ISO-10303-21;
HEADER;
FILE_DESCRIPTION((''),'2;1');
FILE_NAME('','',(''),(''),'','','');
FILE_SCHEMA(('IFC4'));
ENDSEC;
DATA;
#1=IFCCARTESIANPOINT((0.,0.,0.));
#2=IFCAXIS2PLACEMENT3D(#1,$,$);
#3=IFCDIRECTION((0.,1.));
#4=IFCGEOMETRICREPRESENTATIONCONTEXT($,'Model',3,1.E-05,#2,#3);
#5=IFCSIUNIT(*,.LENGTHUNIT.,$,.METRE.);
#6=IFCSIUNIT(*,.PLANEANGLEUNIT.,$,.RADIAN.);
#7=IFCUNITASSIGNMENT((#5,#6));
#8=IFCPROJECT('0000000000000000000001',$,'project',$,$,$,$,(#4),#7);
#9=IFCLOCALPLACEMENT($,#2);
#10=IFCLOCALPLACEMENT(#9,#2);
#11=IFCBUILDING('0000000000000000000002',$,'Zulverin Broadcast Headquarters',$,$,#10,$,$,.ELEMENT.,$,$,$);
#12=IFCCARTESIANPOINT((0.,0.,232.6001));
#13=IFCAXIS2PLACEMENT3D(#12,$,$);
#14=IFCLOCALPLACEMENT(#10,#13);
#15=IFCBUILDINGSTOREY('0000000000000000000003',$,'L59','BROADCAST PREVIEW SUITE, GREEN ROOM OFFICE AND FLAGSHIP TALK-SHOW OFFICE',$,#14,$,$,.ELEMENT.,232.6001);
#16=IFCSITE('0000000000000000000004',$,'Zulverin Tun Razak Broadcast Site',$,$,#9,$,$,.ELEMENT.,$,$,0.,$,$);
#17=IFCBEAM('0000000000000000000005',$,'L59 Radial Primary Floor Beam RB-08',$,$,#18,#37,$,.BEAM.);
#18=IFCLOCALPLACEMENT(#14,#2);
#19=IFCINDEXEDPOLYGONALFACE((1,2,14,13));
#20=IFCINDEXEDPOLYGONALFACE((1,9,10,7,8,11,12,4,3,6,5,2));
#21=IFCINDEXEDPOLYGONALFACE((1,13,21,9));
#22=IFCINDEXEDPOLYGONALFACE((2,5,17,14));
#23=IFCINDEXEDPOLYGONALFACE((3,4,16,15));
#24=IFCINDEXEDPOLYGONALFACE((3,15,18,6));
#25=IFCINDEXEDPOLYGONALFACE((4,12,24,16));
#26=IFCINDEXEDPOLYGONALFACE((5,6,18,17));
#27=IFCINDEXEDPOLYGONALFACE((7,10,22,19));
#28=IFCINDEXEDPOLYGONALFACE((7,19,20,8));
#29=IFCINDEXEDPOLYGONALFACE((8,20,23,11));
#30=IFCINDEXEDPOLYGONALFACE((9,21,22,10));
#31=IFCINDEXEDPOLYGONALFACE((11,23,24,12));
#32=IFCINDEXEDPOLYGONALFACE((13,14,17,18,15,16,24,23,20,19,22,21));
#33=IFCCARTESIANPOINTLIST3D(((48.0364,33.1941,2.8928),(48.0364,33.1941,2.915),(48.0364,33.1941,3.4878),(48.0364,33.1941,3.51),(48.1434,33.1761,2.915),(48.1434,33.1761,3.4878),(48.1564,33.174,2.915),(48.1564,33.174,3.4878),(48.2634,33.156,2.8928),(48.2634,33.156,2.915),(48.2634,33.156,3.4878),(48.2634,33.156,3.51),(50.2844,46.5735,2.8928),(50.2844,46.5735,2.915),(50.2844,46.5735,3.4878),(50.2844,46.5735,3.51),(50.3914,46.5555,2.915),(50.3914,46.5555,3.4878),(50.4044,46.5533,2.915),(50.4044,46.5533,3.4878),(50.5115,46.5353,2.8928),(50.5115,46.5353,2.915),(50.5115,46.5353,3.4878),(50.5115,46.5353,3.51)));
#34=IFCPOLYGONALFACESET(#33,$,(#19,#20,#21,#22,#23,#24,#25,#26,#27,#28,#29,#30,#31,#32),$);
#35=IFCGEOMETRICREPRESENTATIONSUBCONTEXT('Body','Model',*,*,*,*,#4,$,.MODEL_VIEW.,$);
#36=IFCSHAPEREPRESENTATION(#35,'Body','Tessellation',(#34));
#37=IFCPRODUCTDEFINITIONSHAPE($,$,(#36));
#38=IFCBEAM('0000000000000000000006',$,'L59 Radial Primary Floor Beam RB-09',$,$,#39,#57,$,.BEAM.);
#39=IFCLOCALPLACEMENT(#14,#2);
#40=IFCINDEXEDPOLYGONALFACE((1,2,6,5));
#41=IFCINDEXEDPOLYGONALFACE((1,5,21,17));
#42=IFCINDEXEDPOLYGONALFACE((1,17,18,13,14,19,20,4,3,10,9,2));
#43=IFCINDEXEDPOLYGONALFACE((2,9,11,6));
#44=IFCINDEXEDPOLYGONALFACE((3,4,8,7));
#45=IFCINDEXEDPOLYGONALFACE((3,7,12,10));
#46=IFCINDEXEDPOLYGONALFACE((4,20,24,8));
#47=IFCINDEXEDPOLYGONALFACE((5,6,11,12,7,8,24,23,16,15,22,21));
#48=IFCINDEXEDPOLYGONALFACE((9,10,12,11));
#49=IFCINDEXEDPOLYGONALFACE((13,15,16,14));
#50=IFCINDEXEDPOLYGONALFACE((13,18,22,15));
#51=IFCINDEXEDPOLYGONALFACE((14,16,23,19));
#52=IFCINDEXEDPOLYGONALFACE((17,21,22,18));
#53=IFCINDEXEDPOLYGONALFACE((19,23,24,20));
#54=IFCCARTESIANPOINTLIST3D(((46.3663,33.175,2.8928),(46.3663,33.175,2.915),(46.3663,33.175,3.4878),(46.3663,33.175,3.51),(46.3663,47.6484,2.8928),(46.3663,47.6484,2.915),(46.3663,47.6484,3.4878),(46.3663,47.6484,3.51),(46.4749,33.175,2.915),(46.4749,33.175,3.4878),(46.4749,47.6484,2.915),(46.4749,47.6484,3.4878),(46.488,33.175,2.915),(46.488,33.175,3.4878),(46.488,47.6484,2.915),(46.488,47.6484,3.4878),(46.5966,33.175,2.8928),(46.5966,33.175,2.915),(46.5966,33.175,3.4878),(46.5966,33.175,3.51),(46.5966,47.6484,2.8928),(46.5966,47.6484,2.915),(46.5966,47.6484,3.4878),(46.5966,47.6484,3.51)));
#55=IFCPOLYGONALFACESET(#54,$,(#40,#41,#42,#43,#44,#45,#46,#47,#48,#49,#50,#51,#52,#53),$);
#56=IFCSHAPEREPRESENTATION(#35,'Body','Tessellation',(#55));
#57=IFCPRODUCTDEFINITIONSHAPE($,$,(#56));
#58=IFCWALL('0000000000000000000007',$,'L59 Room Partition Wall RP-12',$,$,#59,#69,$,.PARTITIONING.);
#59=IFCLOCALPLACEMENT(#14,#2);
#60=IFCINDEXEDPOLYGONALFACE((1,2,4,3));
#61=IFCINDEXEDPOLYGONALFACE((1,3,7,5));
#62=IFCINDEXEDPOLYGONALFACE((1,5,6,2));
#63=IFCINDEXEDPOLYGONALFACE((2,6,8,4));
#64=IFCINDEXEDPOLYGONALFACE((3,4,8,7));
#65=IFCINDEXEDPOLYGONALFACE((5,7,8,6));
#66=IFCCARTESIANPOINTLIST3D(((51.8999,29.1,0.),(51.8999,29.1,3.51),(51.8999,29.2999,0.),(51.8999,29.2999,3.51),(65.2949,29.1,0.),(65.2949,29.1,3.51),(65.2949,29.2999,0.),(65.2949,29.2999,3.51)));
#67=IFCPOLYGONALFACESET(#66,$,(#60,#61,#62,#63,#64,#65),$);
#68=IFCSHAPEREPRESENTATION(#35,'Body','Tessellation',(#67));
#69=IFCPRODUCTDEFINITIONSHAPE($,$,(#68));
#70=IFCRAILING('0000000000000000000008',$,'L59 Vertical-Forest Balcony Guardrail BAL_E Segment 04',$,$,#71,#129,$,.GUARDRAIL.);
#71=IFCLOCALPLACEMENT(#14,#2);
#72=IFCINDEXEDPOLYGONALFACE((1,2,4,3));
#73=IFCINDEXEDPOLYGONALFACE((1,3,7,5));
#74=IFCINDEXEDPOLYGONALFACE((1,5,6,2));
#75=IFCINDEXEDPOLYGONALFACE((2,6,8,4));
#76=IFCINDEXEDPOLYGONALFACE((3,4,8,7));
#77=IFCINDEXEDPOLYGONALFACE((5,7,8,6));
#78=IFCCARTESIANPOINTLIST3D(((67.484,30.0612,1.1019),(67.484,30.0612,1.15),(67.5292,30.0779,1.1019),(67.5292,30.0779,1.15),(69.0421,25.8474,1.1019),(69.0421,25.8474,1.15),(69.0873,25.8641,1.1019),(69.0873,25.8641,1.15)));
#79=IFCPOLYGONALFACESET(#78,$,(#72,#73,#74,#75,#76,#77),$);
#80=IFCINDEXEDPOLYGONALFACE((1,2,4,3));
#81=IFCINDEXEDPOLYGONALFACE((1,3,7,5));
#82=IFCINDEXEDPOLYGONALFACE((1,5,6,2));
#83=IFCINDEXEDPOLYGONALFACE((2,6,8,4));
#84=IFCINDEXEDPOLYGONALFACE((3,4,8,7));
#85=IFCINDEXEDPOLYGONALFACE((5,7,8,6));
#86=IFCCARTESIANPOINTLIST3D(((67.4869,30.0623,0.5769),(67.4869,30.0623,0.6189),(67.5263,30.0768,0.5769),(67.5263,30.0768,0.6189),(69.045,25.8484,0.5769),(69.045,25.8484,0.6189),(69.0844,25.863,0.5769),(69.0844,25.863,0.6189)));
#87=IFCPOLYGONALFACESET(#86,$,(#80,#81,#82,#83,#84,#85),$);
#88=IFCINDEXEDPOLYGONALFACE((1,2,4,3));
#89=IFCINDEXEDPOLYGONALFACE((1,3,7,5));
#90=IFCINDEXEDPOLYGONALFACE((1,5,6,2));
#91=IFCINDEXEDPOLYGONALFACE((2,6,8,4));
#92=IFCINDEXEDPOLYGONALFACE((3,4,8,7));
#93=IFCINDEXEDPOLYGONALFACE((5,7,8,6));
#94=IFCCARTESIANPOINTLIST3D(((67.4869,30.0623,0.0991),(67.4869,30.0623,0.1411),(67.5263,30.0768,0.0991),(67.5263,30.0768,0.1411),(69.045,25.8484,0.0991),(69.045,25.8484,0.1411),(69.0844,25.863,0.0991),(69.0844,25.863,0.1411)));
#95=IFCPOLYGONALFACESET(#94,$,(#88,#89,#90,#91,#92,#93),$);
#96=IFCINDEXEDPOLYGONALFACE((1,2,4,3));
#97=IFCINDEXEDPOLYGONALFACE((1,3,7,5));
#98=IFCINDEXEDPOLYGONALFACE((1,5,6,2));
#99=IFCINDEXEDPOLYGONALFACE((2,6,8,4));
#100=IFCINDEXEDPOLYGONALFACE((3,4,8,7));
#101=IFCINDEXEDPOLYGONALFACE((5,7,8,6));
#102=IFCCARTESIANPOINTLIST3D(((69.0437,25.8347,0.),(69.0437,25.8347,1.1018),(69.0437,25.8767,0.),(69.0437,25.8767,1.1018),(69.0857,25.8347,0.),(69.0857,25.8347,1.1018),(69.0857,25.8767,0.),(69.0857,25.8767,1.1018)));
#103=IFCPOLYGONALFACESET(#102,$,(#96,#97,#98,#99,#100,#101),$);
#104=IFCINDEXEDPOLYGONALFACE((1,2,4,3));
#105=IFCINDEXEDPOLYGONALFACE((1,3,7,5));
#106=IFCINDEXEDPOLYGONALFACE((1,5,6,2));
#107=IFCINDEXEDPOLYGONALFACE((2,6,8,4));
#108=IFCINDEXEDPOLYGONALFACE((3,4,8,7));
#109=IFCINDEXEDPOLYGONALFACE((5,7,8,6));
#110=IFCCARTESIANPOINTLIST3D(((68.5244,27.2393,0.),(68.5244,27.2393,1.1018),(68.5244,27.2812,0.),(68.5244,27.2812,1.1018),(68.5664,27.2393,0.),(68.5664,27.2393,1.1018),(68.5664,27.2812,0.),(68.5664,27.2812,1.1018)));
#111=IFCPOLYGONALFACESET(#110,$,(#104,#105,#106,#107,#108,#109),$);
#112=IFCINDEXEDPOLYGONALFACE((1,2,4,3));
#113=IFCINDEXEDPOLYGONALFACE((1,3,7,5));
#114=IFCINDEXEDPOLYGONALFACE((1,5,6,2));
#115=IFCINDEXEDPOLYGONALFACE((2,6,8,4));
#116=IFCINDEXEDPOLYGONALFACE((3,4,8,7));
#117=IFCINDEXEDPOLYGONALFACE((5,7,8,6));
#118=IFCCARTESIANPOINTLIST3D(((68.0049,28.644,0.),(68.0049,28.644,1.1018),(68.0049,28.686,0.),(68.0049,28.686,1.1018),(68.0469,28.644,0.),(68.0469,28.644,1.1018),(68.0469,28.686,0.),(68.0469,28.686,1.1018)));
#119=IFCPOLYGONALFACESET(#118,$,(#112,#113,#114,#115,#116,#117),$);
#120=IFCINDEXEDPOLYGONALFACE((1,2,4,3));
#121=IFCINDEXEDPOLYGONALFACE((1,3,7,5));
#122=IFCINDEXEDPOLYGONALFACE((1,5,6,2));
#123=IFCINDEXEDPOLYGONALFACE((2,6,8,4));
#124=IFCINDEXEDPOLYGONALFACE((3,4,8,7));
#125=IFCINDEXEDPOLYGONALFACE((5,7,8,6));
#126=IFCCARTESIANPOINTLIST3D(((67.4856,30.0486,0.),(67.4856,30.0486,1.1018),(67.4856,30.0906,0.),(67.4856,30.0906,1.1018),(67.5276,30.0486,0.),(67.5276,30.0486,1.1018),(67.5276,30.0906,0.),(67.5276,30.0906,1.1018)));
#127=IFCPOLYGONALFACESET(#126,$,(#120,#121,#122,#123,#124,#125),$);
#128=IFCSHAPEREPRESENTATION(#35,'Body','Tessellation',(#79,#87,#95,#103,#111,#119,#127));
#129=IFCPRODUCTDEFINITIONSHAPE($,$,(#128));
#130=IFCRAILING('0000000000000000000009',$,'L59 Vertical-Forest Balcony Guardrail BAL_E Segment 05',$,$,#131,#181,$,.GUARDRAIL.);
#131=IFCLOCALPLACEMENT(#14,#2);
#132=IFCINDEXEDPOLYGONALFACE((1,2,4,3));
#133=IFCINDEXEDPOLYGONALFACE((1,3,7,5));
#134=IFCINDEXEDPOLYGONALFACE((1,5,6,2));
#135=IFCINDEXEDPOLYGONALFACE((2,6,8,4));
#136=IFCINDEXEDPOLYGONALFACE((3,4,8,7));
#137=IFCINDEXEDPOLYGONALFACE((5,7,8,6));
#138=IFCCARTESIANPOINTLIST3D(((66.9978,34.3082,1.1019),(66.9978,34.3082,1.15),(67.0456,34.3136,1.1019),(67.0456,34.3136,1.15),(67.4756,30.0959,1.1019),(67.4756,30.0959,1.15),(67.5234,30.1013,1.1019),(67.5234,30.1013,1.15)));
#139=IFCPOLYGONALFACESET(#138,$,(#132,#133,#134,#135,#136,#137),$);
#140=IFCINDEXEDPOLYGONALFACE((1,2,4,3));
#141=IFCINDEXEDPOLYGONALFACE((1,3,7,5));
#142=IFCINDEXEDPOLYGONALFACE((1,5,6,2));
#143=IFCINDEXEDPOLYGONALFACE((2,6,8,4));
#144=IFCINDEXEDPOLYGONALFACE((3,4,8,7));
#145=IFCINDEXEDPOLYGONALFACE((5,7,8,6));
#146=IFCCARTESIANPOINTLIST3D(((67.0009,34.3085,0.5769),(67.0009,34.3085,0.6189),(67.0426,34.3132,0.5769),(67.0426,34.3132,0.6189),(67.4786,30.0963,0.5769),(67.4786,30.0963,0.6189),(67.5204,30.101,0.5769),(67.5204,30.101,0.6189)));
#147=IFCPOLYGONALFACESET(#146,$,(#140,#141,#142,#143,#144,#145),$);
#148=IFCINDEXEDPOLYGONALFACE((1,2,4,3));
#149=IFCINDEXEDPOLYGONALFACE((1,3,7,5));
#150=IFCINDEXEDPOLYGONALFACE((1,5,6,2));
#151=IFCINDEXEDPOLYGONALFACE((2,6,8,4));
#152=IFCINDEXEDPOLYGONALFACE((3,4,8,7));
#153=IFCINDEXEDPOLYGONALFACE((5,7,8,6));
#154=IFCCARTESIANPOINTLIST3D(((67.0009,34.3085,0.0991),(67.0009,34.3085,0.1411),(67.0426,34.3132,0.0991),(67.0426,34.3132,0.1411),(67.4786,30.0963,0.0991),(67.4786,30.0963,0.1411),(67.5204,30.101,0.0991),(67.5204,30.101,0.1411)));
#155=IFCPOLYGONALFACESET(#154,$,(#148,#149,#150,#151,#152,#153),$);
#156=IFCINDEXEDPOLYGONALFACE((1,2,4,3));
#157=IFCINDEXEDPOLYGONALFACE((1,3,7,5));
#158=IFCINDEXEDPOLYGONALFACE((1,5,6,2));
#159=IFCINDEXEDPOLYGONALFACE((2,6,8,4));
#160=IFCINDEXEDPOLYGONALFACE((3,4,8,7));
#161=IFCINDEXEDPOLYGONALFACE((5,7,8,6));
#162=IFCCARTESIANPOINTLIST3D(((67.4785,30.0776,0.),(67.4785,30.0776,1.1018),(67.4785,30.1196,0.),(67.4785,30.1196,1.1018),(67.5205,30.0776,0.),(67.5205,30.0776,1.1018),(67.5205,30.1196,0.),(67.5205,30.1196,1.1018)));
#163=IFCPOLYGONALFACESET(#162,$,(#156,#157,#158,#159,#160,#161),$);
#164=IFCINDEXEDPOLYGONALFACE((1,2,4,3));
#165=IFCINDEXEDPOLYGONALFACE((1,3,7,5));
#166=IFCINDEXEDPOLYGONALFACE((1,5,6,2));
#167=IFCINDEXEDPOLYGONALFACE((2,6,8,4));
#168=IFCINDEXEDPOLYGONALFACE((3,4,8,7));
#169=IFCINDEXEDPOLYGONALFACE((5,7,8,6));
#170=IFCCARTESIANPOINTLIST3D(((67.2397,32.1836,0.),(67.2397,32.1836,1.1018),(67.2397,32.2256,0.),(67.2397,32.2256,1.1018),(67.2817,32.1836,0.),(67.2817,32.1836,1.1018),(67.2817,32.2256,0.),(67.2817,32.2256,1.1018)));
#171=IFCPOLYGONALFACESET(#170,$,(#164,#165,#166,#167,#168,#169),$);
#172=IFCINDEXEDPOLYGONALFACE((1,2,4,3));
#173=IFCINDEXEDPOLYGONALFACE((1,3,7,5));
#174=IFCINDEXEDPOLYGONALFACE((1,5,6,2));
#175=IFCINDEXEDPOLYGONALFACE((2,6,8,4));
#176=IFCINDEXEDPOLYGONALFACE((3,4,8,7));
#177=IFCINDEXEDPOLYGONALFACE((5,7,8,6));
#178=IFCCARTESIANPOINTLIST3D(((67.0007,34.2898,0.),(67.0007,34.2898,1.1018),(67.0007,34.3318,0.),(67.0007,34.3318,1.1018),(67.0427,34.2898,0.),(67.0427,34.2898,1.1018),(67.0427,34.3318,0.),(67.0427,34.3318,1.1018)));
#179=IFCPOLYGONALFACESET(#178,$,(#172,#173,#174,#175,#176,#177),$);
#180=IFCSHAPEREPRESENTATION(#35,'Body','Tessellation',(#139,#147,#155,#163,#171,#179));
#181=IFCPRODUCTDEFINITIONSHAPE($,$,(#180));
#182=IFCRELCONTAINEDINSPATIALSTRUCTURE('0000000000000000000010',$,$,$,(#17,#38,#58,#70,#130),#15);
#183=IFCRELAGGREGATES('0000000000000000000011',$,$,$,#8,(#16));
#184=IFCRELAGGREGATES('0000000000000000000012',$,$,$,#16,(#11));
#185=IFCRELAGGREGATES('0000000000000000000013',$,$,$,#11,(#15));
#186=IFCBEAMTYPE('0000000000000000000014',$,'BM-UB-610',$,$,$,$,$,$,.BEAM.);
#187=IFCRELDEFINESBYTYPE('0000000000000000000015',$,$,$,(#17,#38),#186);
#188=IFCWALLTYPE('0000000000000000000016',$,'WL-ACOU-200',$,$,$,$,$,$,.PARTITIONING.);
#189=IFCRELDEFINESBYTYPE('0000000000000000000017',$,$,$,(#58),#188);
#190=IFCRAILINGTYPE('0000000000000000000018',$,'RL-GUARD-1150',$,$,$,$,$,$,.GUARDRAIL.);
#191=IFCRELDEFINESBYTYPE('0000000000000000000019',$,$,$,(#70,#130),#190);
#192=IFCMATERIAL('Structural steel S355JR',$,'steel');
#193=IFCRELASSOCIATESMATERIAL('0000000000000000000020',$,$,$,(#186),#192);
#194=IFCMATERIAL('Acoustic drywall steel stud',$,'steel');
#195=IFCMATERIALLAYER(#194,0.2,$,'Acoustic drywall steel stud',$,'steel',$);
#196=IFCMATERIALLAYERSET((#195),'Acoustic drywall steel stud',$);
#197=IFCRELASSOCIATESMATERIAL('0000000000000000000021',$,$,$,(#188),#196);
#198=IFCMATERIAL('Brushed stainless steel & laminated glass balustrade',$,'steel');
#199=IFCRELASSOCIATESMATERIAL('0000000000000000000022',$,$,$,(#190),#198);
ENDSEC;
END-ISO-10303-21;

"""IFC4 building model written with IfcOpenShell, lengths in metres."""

from ifc_helpers import new_model, si_unit, direction, frame, frame_2d, origin, origin_2d, place, context, subcontext, project, spatial, rectangle, i_section, extrude, material, layer, layer_set, material_profile, profile_set, type_object, element, save


model = new_model("IFC4")

# Units and contexts
model_context = context("Model", 3, precision=1e-05, world=origin(), true_north=direction((0.0, 1.0)))
body_context = subcontext(model_context, "Body", "Model", "MODEL_VIEW")
ifc_project = project(units=[si_unit("LENGTHUNIT", "METRE"), si_unit("PLANEANGLEUNIT", "RADIAN")], contexts=[model_context])

# Site, building, storey
site_placement = place(None, origin())
site = spatial("IfcSite", under=ifc_project, at=site_placement, Name="Zulverin Tun Razak Broadcast Site", CompositionType="ELEMENT", RefElevation=0.0)
building_placement = place(site_placement, origin())
building = spatial("IfcBuilding", under=site, at=building_placement, Name="Zulverin Broadcast Headquarters", CompositionType="ELEMENT")
storey_placement = place(building_placement, frame((0.0, 0.0, 232.6001)))
storey = spatial("IfcBuildingStorey", under=building, at=storey_placement, Name="L59", Description="BROADCAST PREVIEW SUITE, GREEN ROOM OFFICE AND FLAGSHIP TALK-SHOW OFFICE", CompositionType="ELEMENT", Elevation=232.6001)

# Beams
ifc_material_1 = material(Name="Structural steel S355JR", Category="steel")
ifc_material_profile_1 = material_profile(ifc_material_1, i_section(OverallWidth=0.2302, OverallDepth=0.6172, WebThickness=0.0132, FlangeThickness=0.0222, at=origin_2d()), Name="Structural steel S355JR", Category="steel")
ifc_profile_set_1 = profile_set([ifc_material_profile_1], Name="Structural steel S355JR")
beam_type_1 = type_object("IfcBeamType", Name="BM-UB-610", PredefinedType="BEAM", material=ifc_profile_set_1)
beam_1_placement = place(storey_placement, frame((48.1499, 33.175, 3.2014), z_axis=(0.1657, 0.986176, 0.0), x_axis=(-0.986176, 0.1657, 0.0)))
element("IfcBeam", 1, at=beam_1_placement, inside=storey, type_object=beam_type_1, Name="L59 Radial Primary Floor Beam RB-08", PredefinedType="BEAM", context=body_context, shape_type="SweptSolid", body=[
    extrude(i_section(OverallWidth=0.2302, OverallDepth=0.6172, WebThickness=0.0132, FlangeThickness=0.0222, at=origin_2d()), origin(), (0.0, 0.0, 1.0), 13.5669),
])
beam_2_placement = place(storey_placement, frame((46.4814, 33.175, 3.2014), z_axis=(0.0, 1.0, 0.0), x_axis=(-1.0, 0.0, 0.0)))
element("IfcBeam", 2, at=beam_2_placement, inside=storey, type_object=beam_type_1, Name="L59 Radial Primary Floor Beam RB-09", PredefinedType="BEAM", context=body_context, shape_type="SweptSolid", body=[
    extrude(i_section(OverallWidth=0.2302, OverallDepth=0.6172, WebThickness=0.0132, FlangeThickness=0.0222, at=origin_2d()), origin(), (0.0, 0.0, 1.0), 14.4734),
])

# Wall
ifc_material_2 = material(Name="Acoustic drywall steel stud", Category="steel")
ifc_layer_1 = layer(ifc_material_2, 0.2, Name="Acoustic drywall steel stud", Category="steel")
ifc_layer_set_1 = layer_set([ifc_layer_1], Name="Acoustic drywall steel stud")
wall_type = type_object("IfcWallType", Name="WL-ACOU-200", PredefinedType="PARTITIONING", material=ifc_layer_set_1)
wall_placement = place(storey_placement, frame((51.8999, 29.2, 0.0), z_axis=(0.0, 0.0, 1.0), x_axis=(1.0, 0.0, 0.0)))
element("IfcWall", 3, at=wall_placement, inside=storey, type_object=wall_type, Name="L59 Room Partition Wall RP-12", PredefinedType="PARTITIONING", context=body_context, shape_type="SweptSolid", body=[
    extrude(rectangle(XDim=13.395, YDim=0.2, at=frame_2d((6.6975, 0.0))), origin(), (0.0, 0.0, 1.0), 3.51),
])

# Railings
ifc_material_3 = material(Name="Brushed stainless steel & laminated glass balustrade", Category="steel")
railing_type = type_object("IfcRailingType", Name="RL-GUARD-1150", PredefinedType="GUARDRAIL", material=ifc_material_3)
railing_1_placement = place(storey_placement, frame((69.0647, 25.8557, 0.0)))
element("IfcRailing", 4, at=railing_1_placement, inside=storey, type_object=railing_type, Name="L59 Vertical-Forest Balcony Guardrail BAL_E Segment 04", PredefinedType="GUARDRAIL", context=body_context, shape_type="SweptSolid", body=[
    extrude(rectangle(XDim=0.0481, YDim=0.0481, at=origin_2d()), frame((0.0, 0.0, 1.126), z_axis=(-0.346808, 0.937936, 0.0), x_axis=(-0.937936, -0.346808, 0.0)), (0.0, 0.0, 1.0), 4.4927),
    extrude(rectangle(XDim=0.042, YDim=0.042, at=origin_2d()), frame((0.0, 0.0, 0.5979), z_axis=(-0.346808, 0.937936, 0.0), x_axis=(-0.937936, -0.346808, 0.0)), (0.0, 0.0, 1.0), 4.4927),
    extrude(rectangle(XDim=0.042, YDim=0.042, at=origin_2d()), frame((0.0, 0.0, 0.1201), z_axis=(-0.346808, 0.937936, 0.0), x_axis=(-0.937936, -0.346808, 0.0)), (0.0, 0.0, 1.0), 4.4927),
    extrude(rectangle(XDim=0.042, YDim=0.042, at=origin_2d()), origin(), (0.0, 0.0, 1.0), 1.1018),
    extrude(rectangle(XDim=0.042, YDim=0.042, at=origin_2d()), frame((-0.5193, 1.4045, 0.0)), (0.0, 0.0, 1.0), 1.1018),
    extrude(rectangle(XDim=0.042, YDim=0.042, at=origin_2d()), frame((-1.0388, 2.8093, 0.0)), (0.0, 0.0, 1.0), 1.1018),
    extrude(rectangle(XDim=0.042, YDim=0.042, at=origin_2d()), frame((-1.5581, 4.2139, 0.0)), (0.0, 0.0, 1.0), 1.1018),
])
railing_2_placement = place(storey_placement, frame((67.4995, 30.0986, 0.0)))
element("IfcRailing", 5, at=railing_2_placement, inside=storey, type_object=railing_type, Name="L59 Vertical-Forest Balcony Guardrail BAL_E Segment 05", PredefinedType="GUARDRAIL", context=body_context, shape_type="SweptSolid", body=[
    extrude(rectangle(XDim=0.0481, YDim=0.0481, at=origin_2d()), frame((0.0, 0.0, 1.126), z_axis=(-0.112707, 0.993628, 0.0), x_axis=(-0.993628, -0.112707, 0.0)), (0.0, 0.0, 1.0), 4.2393),
    extrude(rectangle(XDim=0.042, YDim=0.042, at=origin_2d()), frame((0.0, 0.0, 0.5979), z_axis=(-0.112707, 0.993628, 0.0), x_axis=(-0.993628, -0.112707, 0.0)), (0.0, 0.0, 1.0), 4.2393),
    extrude(rectangle(XDim=0.042, YDim=0.042, at=origin_2d()), frame((0.0, 0.0, 0.1201), z_axis=(-0.112707, 0.993628, 0.0), x_axis=(-0.993628, -0.112707, 0.0)), (0.0, 0.0, 1.0), 4.2393),
    extrude(rectangle(XDim=0.042, YDim=0.042, at=origin_2d()), origin(), (0.0, 0.0, 1.0), 1.1018),
    extrude(rectangle(XDim=0.042, YDim=0.042, at=origin_2d()), frame((-0.2388, 2.106, 0.0)), (0.0, 0.0, 1.0), 1.1018),
    extrude(rectangle(XDim=0.042, YDim=0.042, at=origin_2d()), frame((-0.4778, 4.2122, 0.0)), (0.0, 0.0, 1.0), 1.1018),
])

save(model, "model.ifc")
